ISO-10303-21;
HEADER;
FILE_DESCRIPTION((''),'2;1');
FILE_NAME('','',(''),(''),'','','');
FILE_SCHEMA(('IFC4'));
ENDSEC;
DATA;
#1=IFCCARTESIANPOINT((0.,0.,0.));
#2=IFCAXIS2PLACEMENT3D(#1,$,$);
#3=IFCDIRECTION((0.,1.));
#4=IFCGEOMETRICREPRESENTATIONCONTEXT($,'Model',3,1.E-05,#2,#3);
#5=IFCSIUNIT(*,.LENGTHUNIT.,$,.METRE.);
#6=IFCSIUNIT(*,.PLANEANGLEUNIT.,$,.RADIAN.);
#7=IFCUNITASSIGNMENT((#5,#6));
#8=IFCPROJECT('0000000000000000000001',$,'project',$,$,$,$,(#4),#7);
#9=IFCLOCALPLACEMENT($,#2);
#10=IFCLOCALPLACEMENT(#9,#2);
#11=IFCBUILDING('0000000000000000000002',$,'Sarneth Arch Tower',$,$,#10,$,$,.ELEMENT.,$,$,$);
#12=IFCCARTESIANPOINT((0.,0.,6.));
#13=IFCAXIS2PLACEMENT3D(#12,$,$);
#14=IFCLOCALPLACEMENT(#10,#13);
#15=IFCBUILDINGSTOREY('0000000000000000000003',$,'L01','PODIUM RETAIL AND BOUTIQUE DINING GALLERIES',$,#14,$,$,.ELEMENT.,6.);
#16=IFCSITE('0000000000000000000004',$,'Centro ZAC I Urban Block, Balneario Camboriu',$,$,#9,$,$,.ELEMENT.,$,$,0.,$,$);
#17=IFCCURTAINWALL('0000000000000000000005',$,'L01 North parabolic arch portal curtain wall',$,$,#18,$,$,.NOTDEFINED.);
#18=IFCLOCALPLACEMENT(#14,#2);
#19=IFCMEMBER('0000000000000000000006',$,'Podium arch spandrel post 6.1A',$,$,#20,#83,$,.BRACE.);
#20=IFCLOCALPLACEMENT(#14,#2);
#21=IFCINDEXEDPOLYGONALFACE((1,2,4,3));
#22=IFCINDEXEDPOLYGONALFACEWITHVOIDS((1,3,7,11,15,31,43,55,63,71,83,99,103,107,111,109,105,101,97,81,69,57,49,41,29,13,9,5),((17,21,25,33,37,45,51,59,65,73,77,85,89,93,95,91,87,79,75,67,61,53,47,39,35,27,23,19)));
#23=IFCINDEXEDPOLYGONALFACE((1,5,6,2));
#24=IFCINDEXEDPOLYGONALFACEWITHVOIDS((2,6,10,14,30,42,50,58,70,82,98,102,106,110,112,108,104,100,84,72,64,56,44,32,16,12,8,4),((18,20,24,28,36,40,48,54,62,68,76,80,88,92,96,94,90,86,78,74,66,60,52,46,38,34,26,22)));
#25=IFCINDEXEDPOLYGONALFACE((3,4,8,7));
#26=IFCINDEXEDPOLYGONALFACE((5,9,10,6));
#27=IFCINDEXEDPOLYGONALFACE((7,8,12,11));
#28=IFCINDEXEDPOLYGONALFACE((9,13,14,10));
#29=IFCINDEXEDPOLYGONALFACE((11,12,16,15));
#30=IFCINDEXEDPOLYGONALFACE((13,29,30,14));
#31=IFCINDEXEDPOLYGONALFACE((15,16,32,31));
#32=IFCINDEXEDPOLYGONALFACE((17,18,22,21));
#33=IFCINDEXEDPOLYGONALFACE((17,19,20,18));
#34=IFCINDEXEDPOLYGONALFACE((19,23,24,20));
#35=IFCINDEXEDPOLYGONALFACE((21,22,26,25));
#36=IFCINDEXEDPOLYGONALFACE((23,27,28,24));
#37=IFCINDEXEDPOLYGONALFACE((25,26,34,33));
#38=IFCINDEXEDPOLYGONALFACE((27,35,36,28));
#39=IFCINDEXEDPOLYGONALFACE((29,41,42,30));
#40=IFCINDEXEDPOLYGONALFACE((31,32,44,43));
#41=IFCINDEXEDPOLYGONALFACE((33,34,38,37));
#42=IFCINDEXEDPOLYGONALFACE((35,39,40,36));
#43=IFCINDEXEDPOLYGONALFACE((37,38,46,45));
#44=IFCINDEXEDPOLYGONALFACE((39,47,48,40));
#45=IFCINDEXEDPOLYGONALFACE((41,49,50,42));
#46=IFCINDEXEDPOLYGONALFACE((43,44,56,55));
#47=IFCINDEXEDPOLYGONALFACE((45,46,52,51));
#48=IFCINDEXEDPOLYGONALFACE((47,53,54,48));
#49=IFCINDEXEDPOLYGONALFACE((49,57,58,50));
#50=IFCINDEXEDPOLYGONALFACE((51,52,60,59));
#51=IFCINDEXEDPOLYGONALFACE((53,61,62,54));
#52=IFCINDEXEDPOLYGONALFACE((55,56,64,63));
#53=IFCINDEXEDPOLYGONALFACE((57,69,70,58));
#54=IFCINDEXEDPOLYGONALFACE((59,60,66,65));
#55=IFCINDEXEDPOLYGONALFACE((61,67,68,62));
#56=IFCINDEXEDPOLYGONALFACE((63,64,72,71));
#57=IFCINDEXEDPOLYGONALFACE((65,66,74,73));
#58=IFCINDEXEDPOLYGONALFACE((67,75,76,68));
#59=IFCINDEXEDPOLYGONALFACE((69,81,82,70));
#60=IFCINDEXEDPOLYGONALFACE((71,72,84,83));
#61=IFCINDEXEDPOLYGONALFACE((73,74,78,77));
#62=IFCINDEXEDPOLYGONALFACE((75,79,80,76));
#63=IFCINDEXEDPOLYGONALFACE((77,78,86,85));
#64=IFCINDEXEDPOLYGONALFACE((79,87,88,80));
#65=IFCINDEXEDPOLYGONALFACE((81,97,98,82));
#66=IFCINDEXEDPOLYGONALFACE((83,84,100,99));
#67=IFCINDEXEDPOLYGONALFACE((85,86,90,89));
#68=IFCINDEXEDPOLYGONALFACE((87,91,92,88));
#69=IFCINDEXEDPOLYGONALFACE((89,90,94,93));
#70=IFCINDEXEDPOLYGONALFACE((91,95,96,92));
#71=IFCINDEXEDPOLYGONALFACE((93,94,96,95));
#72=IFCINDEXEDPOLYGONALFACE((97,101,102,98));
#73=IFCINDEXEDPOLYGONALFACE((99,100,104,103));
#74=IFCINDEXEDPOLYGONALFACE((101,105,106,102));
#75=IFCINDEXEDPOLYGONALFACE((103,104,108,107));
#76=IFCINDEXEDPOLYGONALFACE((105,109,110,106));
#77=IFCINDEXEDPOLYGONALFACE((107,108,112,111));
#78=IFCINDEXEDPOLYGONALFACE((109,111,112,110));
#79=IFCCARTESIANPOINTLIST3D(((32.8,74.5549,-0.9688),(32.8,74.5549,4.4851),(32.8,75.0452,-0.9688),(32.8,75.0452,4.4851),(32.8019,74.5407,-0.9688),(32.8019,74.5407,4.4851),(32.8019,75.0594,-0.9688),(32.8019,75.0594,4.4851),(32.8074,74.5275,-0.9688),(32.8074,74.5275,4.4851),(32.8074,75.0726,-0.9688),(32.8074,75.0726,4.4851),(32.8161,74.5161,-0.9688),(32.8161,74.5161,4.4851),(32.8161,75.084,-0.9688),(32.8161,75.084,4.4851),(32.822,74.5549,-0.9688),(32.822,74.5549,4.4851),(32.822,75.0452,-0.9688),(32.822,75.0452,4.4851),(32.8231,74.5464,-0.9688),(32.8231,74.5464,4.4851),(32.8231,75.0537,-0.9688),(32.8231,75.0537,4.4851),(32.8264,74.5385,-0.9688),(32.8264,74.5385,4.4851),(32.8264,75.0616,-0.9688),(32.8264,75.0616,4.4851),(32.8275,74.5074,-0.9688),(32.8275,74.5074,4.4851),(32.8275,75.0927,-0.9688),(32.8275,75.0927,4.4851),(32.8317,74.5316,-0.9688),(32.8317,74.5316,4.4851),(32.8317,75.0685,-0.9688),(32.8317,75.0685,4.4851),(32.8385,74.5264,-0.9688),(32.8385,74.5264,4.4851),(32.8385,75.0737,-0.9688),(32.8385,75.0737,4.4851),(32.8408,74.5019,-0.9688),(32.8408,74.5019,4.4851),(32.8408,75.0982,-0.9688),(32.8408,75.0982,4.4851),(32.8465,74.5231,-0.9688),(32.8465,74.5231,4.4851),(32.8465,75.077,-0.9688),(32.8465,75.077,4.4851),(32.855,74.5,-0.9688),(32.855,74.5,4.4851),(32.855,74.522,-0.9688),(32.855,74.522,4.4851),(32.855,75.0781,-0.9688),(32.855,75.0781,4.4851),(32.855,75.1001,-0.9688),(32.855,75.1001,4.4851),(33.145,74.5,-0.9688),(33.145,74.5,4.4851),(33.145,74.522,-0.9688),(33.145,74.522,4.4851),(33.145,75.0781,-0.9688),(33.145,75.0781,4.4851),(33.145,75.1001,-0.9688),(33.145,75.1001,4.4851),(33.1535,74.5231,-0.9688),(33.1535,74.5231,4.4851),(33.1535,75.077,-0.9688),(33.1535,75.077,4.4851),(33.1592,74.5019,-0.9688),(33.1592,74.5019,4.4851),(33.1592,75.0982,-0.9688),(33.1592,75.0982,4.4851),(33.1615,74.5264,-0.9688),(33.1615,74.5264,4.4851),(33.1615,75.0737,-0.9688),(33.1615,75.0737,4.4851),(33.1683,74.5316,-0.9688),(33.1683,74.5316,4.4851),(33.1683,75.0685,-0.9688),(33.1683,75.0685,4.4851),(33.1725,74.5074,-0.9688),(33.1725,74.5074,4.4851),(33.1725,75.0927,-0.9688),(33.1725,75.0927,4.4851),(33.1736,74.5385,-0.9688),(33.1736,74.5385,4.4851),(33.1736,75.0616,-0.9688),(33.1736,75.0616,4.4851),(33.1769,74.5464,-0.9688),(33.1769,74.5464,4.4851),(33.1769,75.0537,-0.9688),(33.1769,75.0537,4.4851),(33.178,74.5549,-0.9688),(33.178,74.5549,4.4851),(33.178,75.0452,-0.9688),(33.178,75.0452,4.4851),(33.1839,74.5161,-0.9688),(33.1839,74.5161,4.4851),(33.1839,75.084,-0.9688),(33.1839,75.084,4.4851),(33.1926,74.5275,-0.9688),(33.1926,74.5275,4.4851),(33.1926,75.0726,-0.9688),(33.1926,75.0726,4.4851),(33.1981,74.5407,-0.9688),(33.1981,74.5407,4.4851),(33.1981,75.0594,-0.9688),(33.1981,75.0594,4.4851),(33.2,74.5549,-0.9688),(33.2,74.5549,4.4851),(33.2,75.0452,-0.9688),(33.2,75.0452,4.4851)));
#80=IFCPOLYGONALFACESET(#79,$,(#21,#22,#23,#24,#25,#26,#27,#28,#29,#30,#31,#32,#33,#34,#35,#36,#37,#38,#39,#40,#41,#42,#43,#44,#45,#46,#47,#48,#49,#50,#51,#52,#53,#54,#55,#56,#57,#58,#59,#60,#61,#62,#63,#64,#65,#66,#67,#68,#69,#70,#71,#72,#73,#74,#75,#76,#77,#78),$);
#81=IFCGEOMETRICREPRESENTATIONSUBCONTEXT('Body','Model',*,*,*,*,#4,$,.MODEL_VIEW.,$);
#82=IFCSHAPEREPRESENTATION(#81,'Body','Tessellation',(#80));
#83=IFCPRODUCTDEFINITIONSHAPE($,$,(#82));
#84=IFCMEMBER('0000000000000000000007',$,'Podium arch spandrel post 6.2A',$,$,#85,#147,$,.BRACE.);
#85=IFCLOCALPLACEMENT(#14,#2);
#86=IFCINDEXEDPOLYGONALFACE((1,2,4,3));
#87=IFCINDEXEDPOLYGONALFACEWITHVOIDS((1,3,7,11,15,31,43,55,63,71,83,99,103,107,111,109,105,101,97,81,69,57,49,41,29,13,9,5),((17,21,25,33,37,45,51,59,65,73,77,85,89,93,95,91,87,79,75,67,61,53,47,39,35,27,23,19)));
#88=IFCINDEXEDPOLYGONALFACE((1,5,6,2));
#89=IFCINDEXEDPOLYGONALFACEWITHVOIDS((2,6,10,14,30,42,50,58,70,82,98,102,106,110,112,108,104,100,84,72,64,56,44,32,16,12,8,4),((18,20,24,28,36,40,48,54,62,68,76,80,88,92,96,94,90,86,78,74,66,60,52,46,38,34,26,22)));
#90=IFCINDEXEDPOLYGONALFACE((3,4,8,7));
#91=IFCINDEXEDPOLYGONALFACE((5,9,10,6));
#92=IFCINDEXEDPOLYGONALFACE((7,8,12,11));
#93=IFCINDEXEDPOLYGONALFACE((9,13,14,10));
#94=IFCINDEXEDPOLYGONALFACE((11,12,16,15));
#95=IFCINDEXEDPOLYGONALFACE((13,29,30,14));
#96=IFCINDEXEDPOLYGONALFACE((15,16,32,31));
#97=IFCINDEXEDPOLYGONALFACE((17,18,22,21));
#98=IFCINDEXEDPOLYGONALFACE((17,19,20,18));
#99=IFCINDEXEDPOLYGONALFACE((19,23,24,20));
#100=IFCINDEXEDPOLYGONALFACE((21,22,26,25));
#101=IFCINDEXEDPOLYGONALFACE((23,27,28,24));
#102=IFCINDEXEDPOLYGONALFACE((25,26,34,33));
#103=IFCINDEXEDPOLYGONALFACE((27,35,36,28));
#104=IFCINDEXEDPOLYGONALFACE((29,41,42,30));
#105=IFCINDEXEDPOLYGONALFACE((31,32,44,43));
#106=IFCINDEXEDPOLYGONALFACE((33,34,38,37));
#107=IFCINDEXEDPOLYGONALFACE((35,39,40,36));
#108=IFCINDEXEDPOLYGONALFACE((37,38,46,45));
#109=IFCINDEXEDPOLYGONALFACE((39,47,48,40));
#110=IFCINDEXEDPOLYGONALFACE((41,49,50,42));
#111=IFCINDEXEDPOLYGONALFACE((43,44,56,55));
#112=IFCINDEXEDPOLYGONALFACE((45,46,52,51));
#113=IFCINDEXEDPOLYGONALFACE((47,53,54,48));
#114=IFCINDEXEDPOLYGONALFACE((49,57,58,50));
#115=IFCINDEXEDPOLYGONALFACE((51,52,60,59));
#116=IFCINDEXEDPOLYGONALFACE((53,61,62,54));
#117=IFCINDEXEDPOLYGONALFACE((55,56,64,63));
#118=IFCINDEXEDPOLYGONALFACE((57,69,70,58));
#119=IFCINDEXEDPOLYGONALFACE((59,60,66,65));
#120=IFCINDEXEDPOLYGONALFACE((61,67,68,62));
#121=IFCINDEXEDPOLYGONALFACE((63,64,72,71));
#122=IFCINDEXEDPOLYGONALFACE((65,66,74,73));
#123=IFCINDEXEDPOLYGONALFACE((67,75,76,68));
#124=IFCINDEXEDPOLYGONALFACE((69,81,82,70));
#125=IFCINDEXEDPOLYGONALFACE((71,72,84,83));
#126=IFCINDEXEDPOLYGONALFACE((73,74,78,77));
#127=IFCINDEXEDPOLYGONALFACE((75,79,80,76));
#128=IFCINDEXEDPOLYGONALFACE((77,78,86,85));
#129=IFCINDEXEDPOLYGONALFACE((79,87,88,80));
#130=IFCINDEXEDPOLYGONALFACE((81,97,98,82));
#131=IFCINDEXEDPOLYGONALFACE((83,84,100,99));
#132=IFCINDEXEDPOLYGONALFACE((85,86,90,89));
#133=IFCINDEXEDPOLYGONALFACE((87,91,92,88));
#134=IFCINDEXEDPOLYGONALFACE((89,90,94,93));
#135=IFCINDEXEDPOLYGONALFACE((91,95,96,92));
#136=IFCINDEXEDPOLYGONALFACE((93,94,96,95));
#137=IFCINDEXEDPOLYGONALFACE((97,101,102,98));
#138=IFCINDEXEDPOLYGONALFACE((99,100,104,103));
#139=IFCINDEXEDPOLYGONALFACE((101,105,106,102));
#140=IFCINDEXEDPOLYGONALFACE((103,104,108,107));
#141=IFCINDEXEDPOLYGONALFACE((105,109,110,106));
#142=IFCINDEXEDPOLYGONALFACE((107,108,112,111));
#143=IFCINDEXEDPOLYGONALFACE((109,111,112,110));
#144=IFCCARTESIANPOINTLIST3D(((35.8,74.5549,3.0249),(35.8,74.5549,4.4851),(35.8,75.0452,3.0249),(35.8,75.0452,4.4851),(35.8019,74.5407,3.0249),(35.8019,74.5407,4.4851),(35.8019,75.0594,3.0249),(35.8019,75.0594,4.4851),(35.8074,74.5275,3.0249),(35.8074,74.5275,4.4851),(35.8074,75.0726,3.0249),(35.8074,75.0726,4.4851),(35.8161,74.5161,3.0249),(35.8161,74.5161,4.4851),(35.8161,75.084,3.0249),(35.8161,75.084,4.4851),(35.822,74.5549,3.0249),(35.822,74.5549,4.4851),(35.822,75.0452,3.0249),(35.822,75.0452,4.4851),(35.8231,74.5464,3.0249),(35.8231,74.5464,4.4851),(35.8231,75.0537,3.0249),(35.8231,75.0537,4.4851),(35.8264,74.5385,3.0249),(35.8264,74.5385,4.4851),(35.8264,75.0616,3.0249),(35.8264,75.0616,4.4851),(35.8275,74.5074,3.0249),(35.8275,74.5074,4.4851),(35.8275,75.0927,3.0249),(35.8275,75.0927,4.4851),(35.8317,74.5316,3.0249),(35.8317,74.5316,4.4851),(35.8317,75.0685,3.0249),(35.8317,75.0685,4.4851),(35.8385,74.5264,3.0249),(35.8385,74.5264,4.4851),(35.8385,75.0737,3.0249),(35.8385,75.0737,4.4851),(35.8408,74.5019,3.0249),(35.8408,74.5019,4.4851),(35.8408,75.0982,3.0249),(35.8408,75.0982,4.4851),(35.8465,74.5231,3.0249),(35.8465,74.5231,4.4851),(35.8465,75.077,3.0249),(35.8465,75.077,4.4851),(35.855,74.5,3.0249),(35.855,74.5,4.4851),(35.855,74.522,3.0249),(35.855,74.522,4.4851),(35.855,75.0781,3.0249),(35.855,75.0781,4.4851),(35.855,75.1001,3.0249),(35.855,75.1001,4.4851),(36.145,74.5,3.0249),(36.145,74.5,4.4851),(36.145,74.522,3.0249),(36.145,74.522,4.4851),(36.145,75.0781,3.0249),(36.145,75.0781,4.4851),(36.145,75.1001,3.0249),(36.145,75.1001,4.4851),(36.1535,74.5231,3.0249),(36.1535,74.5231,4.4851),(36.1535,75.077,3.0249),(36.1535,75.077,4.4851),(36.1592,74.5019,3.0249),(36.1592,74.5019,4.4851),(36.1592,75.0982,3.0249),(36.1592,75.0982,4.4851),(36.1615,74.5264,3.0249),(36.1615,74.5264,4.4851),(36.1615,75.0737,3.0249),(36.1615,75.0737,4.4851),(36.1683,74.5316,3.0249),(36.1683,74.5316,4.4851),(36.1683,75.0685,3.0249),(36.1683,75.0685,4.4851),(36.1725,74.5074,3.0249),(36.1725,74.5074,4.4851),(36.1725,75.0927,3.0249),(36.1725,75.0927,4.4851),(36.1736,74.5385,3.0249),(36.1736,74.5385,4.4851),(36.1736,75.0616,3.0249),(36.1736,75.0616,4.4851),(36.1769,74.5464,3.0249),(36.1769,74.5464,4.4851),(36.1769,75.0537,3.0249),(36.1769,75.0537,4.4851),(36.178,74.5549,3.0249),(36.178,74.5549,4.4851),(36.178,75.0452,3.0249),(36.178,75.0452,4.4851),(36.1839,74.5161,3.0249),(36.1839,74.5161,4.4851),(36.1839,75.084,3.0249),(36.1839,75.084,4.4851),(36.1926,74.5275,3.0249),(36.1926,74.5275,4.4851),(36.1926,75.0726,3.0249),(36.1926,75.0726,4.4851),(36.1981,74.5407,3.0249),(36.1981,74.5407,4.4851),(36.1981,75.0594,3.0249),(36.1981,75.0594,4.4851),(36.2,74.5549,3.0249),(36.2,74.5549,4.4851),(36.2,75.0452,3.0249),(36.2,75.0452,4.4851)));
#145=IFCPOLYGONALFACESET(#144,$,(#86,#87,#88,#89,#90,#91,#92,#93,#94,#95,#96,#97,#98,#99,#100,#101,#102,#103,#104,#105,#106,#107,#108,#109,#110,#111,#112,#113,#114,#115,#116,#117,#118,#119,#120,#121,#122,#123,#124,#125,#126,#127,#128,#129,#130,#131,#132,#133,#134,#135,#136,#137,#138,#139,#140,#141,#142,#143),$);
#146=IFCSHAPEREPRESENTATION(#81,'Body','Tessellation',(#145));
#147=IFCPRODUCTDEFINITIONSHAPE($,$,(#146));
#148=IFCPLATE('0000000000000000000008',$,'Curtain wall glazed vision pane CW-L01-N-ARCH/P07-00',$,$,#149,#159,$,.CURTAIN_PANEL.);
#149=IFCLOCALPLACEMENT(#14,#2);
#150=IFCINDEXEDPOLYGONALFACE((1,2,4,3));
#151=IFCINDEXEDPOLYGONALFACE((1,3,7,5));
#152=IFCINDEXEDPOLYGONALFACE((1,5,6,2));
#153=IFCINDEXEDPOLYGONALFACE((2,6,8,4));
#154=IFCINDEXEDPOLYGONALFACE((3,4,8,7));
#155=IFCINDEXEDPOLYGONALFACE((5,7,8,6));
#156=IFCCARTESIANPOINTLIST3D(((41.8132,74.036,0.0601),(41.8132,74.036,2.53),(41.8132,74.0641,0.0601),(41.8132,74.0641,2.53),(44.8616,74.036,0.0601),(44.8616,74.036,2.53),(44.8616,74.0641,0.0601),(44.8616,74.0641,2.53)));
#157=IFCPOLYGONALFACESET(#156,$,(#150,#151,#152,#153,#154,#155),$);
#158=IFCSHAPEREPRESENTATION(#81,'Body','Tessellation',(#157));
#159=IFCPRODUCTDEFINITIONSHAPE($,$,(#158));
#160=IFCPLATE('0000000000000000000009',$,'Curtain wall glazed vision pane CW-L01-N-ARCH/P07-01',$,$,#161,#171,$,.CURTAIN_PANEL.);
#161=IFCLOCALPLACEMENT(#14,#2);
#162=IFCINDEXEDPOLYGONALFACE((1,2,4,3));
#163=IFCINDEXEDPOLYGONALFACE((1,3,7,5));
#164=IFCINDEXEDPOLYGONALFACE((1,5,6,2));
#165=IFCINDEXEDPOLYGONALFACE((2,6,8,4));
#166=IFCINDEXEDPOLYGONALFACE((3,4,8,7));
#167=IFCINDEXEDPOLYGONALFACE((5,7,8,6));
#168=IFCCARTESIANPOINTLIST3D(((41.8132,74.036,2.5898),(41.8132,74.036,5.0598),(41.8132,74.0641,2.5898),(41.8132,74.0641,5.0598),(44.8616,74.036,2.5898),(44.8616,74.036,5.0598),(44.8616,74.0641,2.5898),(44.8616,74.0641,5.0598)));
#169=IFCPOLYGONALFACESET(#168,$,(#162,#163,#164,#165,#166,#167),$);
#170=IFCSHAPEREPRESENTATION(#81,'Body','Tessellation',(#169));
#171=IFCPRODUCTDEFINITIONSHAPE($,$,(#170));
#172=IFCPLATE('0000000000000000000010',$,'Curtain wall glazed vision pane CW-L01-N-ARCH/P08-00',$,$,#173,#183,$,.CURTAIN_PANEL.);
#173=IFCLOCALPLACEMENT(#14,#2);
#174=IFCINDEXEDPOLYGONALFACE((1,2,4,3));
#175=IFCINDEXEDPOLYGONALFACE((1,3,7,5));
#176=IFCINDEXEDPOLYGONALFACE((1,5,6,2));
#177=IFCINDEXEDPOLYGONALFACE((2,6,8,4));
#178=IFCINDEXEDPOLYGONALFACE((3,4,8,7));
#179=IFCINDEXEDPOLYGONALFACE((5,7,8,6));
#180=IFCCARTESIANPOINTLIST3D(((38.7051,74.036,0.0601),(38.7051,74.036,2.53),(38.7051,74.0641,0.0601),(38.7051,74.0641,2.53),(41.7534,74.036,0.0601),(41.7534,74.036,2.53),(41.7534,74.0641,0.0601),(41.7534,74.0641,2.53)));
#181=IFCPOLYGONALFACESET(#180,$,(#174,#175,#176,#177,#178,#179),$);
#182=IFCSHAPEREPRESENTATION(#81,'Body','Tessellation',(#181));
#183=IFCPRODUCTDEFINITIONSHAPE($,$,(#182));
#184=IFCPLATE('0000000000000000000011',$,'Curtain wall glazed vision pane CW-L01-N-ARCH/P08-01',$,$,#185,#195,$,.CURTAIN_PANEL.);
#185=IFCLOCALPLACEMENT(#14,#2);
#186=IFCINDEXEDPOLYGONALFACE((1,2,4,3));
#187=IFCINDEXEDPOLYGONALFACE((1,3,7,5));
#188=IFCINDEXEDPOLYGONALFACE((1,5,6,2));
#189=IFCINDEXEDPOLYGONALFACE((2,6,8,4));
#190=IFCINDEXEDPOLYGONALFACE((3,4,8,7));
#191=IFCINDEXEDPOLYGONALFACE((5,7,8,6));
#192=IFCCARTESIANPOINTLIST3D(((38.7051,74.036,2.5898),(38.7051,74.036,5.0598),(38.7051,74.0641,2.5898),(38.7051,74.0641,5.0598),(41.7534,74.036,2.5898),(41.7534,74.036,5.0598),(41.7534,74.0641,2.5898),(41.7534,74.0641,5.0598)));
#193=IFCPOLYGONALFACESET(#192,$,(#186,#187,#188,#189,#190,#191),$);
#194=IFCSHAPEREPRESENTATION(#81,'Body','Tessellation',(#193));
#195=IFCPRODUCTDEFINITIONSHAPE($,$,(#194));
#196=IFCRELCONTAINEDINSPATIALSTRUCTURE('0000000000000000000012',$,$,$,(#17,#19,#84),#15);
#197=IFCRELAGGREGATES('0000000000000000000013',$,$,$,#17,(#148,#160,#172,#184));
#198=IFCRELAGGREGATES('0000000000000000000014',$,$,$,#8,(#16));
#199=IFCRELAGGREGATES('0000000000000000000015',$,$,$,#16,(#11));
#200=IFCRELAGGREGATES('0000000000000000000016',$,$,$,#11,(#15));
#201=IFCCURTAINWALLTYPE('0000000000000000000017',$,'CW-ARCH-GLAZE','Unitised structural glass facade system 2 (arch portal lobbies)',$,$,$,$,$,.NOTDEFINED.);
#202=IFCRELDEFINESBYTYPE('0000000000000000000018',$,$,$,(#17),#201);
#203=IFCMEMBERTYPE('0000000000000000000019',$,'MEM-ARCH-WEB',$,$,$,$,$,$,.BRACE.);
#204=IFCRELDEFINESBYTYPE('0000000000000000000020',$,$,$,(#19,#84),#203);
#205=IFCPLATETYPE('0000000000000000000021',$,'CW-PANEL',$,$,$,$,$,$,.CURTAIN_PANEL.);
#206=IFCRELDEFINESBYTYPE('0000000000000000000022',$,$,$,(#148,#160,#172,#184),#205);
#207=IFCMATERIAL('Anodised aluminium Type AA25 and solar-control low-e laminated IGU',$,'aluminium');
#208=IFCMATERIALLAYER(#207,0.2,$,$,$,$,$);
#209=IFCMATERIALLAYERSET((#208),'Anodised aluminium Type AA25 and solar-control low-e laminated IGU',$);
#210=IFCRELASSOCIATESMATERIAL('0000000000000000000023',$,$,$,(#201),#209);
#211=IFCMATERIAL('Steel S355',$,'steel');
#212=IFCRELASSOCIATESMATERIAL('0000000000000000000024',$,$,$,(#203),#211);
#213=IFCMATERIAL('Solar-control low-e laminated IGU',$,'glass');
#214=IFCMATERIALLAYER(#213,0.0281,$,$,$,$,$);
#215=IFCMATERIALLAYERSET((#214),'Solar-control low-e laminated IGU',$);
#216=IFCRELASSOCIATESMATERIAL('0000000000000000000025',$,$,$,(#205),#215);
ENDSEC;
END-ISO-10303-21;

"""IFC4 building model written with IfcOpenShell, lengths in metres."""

from ifc_helpers import new_model, si_unit, direction, frame, origin, origin_2d, place, context, subcontext, project, spatial, rectangle, hollow_rectangle, extrude, material, layer, layer_set, material_profile, profile_set, type_object, element, aggregate, save


model = new_model("IFC4")

# Units and contexts
model_context = context("Model", 3, precision=1e-05, world=origin(), true_north=direction((0.0, 1.0)))
body_context = subcontext(model_context, "Body", "Model", "MODEL_VIEW")
ifc_project = project(units=[si_unit("LENGTHUNIT", "METRE"), si_unit("PLANEANGLEUNIT", "RADIAN")], contexts=[model_context])

# Site, building, storey
site_placement = place(None, origin())
site = spatial("IfcSite", under=ifc_project, at=site_placement, Name="Centro ZAC I Urban Block, Balneario Camboriu", CompositionType="ELEMENT", RefElevation=0.0)
building_placement = place(site_placement, origin())
building = spatial("IfcBuilding", under=site, at=building_placement, Name="Sarneth Arch Tower", CompositionType="ELEMENT")
storey_placement = place(building_placement, frame((0.0, 0.0, 6.0)))
storey = spatial("IfcBuildingStorey", under=building, at=storey_placement, Name="L01", Description="PODIUM RETAIL AND BOUTIQUE DINING GALLERIES", CompositionType="ELEMENT", Elevation=6.0)

# Curtain wall
ifc_material_1 = material(Name="Anodised aluminium Type AA25 and solar-control low-e laminated IGU", Category="aluminium")
ifc_layer_1 = layer(ifc_material_1, 0.2)
ifc_layer_set_1 = layer_set([ifc_layer_1], Name="Anodised aluminium Type AA25 and solar-control low-e laminated IGU")
curtain_wall_type = type_object("IfcCurtainWallType", Name="CW-ARCH-GLAZE", Description="Unitised structural glass facade system 2 (arch portal lobbies)", PredefinedType="NOTDEFINED", material=ifc_layer_set_1)
curtain_wall_placement = place(storey_placement, origin())
curtain_wall = element("IfcCurtainWall", 1, at=curtain_wall_placement, inside=storey, type_object=curtain_wall_type, Name="L01 North parabolic arch portal curtain wall", PredefinedType="NOTDEFINED")

# Members
ifc_material_2 = material(Name="Steel S355", Category="steel")
ifc_material_profile_1 = material_profile(ifc_material_2, hollow_rectangle(XDim=0.3999, YDim=0.6001, WallThickness=0.022, InnerFilletRadius=0.033, OuterFilletRadius=0.0549, at=origin_2d()), Name="RHS600x400x22")
ifc_profile_set_1 = profile_set([ifc_material_profile_1], Name="Steel S355")
member_type_1 = type_object("IfcMemberType", Name="MEM-ARCH-WEB", PredefinedType="BRACE", material=ifc_profile_set_1)
member_1_placement = place(storey_placement, frame((33.0, 74.8, -0.9688), z_axis=(0.0, 0.0, 1.0), x_axis=(1.0, 0.0, 0.0)))
element("IfcMember", 2, at=member_1_placement, inside=storey, type_object=member_type_1, Name="Podium arch spandrel post 6.1A", PredefinedType="BRACE", context=body_context, shape_type="SweptSolid", body=[
    extrude(hollow_rectangle(XDim=0.3999, YDim=0.6001, WallThickness=0.022, InnerFilletRadius=0.033, OuterFilletRadius=0.0549, at=origin_2d()), origin(), (0.0, 0.0, 1.0), 5.4539),
])
member_2_placement = place(storey_placement, frame((36.0, 74.8, 3.0249), z_axis=(0.0, 0.0, 1.0), x_axis=(1.0, 0.0, 0.0)))
element("IfcMember", 3, at=member_2_placement, inside=storey, type_object=member_type_1, Name="Podium arch spandrel post 6.2A", PredefinedType="BRACE", context=body_context, shape_type="SweptSolid", body=[
    extrude(hollow_rectangle(XDim=0.3999, YDim=0.6001, WallThickness=0.022, InnerFilletRadius=0.033, OuterFilletRadius=0.0549, at=origin_2d()), origin(), (0.0, 0.0, 1.0), 1.4602),
])

# Plates
ifc_material_3 = material(Name="Solar-control low-e laminated IGU", Category="glass")
ifc_layer_2 = layer(ifc_material_3, 0.0281)
ifc_layer_set_2 = layer_set([ifc_layer_2], Name="Solar-control low-e laminated IGU")
plate_type_1 = type_object("IfcPlateType", Name="CW-PANEL", PredefinedType="CURTAIN_PANEL", material=ifc_layer_set_2)
plate_1_placement = place(storey_placement, frame((43.3374, 74.05, 0.0601), z_axis=(0.0, 0.0, 1.0), x_axis=(-1.0, 0.0, 0.0)))
plate_1 = element("IfcPlate", 4, at=plate_1_placement, type_object=plate_type_1, Name="Curtain wall glazed vision pane CW-L01-N-ARCH/P07-00", PredefinedType="CURTAIN_PANEL", context=body_context, shape_type="SweptSolid", body=[
    extrude(rectangle(XDim=3.0483, YDim=0.0281, at=origin_2d()), origin(), (0.0, 0.0, 1.0), 2.47),
])
plate_2_placement = place(storey_placement, frame((43.3374, 74.05, 2.5898), z_axis=(0.0, 0.0, 1.0), x_axis=(-1.0, 0.0, 0.0)))
plate_2 = element("IfcPlate", 5, at=plate_2_placement, type_object=plate_type_1, Name="Curtain wall glazed vision pane CW-L01-N-ARCH/P07-01", PredefinedType="CURTAIN_PANEL", context=body_context, shape_type="SweptSolid", body=[
    extrude(rectangle(XDim=3.0483, YDim=0.0281, at=origin_2d()), origin(), (0.0, 0.0, 1.0), 2.47),
])
plate_3_placement = place(storey_placement, frame((40.2292, 74.05, 0.0601), z_axis=(0.0, 0.0, 1.0), x_axis=(-1.0, 0.0, 0.0)))
plate_3 = element("IfcPlate", 6, at=plate_3_placement, type_object=plate_type_1, Name="Curtain wall glazed vision pane CW-L01-N-ARCH/P08-00", PredefinedType="CURTAIN_PANEL", context=body_context, shape_type="SweptSolid", body=[
    extrude(rectangle(XDim=3.0483, YDim=0.0281, at=origin_2d()), origin(), (0.0, 0.0, 1.0), 2.47),
])
plate_4_placement = place(storey_placement, frame((40.2292, 74.05, 2.5898), z_axis=(0.0, 0.0, 1.0), x_axis=(-1.0, 0.0, 0.0)))
plate_4 = element("IfcPlate", 7, at=plate_4_placement, type_object=plate_type_1, Name="Curtain wall glazed vision pane CW-L01-N-ARCH/P08-01", PredefinedType="CURTAIN_PANEL", context=body_context, shape_type="SweptSolid", body=[
    extrude(rectangle(XDim=3.0483, YDim=0.0281, at=origin_2d()), origin(), (0.0, 0.0, 1.0), 2.47),
])
aggregate(curtain_wall, [plate_1, plate_2, plate_3, plate_4])

save(model, "model.ifc")
